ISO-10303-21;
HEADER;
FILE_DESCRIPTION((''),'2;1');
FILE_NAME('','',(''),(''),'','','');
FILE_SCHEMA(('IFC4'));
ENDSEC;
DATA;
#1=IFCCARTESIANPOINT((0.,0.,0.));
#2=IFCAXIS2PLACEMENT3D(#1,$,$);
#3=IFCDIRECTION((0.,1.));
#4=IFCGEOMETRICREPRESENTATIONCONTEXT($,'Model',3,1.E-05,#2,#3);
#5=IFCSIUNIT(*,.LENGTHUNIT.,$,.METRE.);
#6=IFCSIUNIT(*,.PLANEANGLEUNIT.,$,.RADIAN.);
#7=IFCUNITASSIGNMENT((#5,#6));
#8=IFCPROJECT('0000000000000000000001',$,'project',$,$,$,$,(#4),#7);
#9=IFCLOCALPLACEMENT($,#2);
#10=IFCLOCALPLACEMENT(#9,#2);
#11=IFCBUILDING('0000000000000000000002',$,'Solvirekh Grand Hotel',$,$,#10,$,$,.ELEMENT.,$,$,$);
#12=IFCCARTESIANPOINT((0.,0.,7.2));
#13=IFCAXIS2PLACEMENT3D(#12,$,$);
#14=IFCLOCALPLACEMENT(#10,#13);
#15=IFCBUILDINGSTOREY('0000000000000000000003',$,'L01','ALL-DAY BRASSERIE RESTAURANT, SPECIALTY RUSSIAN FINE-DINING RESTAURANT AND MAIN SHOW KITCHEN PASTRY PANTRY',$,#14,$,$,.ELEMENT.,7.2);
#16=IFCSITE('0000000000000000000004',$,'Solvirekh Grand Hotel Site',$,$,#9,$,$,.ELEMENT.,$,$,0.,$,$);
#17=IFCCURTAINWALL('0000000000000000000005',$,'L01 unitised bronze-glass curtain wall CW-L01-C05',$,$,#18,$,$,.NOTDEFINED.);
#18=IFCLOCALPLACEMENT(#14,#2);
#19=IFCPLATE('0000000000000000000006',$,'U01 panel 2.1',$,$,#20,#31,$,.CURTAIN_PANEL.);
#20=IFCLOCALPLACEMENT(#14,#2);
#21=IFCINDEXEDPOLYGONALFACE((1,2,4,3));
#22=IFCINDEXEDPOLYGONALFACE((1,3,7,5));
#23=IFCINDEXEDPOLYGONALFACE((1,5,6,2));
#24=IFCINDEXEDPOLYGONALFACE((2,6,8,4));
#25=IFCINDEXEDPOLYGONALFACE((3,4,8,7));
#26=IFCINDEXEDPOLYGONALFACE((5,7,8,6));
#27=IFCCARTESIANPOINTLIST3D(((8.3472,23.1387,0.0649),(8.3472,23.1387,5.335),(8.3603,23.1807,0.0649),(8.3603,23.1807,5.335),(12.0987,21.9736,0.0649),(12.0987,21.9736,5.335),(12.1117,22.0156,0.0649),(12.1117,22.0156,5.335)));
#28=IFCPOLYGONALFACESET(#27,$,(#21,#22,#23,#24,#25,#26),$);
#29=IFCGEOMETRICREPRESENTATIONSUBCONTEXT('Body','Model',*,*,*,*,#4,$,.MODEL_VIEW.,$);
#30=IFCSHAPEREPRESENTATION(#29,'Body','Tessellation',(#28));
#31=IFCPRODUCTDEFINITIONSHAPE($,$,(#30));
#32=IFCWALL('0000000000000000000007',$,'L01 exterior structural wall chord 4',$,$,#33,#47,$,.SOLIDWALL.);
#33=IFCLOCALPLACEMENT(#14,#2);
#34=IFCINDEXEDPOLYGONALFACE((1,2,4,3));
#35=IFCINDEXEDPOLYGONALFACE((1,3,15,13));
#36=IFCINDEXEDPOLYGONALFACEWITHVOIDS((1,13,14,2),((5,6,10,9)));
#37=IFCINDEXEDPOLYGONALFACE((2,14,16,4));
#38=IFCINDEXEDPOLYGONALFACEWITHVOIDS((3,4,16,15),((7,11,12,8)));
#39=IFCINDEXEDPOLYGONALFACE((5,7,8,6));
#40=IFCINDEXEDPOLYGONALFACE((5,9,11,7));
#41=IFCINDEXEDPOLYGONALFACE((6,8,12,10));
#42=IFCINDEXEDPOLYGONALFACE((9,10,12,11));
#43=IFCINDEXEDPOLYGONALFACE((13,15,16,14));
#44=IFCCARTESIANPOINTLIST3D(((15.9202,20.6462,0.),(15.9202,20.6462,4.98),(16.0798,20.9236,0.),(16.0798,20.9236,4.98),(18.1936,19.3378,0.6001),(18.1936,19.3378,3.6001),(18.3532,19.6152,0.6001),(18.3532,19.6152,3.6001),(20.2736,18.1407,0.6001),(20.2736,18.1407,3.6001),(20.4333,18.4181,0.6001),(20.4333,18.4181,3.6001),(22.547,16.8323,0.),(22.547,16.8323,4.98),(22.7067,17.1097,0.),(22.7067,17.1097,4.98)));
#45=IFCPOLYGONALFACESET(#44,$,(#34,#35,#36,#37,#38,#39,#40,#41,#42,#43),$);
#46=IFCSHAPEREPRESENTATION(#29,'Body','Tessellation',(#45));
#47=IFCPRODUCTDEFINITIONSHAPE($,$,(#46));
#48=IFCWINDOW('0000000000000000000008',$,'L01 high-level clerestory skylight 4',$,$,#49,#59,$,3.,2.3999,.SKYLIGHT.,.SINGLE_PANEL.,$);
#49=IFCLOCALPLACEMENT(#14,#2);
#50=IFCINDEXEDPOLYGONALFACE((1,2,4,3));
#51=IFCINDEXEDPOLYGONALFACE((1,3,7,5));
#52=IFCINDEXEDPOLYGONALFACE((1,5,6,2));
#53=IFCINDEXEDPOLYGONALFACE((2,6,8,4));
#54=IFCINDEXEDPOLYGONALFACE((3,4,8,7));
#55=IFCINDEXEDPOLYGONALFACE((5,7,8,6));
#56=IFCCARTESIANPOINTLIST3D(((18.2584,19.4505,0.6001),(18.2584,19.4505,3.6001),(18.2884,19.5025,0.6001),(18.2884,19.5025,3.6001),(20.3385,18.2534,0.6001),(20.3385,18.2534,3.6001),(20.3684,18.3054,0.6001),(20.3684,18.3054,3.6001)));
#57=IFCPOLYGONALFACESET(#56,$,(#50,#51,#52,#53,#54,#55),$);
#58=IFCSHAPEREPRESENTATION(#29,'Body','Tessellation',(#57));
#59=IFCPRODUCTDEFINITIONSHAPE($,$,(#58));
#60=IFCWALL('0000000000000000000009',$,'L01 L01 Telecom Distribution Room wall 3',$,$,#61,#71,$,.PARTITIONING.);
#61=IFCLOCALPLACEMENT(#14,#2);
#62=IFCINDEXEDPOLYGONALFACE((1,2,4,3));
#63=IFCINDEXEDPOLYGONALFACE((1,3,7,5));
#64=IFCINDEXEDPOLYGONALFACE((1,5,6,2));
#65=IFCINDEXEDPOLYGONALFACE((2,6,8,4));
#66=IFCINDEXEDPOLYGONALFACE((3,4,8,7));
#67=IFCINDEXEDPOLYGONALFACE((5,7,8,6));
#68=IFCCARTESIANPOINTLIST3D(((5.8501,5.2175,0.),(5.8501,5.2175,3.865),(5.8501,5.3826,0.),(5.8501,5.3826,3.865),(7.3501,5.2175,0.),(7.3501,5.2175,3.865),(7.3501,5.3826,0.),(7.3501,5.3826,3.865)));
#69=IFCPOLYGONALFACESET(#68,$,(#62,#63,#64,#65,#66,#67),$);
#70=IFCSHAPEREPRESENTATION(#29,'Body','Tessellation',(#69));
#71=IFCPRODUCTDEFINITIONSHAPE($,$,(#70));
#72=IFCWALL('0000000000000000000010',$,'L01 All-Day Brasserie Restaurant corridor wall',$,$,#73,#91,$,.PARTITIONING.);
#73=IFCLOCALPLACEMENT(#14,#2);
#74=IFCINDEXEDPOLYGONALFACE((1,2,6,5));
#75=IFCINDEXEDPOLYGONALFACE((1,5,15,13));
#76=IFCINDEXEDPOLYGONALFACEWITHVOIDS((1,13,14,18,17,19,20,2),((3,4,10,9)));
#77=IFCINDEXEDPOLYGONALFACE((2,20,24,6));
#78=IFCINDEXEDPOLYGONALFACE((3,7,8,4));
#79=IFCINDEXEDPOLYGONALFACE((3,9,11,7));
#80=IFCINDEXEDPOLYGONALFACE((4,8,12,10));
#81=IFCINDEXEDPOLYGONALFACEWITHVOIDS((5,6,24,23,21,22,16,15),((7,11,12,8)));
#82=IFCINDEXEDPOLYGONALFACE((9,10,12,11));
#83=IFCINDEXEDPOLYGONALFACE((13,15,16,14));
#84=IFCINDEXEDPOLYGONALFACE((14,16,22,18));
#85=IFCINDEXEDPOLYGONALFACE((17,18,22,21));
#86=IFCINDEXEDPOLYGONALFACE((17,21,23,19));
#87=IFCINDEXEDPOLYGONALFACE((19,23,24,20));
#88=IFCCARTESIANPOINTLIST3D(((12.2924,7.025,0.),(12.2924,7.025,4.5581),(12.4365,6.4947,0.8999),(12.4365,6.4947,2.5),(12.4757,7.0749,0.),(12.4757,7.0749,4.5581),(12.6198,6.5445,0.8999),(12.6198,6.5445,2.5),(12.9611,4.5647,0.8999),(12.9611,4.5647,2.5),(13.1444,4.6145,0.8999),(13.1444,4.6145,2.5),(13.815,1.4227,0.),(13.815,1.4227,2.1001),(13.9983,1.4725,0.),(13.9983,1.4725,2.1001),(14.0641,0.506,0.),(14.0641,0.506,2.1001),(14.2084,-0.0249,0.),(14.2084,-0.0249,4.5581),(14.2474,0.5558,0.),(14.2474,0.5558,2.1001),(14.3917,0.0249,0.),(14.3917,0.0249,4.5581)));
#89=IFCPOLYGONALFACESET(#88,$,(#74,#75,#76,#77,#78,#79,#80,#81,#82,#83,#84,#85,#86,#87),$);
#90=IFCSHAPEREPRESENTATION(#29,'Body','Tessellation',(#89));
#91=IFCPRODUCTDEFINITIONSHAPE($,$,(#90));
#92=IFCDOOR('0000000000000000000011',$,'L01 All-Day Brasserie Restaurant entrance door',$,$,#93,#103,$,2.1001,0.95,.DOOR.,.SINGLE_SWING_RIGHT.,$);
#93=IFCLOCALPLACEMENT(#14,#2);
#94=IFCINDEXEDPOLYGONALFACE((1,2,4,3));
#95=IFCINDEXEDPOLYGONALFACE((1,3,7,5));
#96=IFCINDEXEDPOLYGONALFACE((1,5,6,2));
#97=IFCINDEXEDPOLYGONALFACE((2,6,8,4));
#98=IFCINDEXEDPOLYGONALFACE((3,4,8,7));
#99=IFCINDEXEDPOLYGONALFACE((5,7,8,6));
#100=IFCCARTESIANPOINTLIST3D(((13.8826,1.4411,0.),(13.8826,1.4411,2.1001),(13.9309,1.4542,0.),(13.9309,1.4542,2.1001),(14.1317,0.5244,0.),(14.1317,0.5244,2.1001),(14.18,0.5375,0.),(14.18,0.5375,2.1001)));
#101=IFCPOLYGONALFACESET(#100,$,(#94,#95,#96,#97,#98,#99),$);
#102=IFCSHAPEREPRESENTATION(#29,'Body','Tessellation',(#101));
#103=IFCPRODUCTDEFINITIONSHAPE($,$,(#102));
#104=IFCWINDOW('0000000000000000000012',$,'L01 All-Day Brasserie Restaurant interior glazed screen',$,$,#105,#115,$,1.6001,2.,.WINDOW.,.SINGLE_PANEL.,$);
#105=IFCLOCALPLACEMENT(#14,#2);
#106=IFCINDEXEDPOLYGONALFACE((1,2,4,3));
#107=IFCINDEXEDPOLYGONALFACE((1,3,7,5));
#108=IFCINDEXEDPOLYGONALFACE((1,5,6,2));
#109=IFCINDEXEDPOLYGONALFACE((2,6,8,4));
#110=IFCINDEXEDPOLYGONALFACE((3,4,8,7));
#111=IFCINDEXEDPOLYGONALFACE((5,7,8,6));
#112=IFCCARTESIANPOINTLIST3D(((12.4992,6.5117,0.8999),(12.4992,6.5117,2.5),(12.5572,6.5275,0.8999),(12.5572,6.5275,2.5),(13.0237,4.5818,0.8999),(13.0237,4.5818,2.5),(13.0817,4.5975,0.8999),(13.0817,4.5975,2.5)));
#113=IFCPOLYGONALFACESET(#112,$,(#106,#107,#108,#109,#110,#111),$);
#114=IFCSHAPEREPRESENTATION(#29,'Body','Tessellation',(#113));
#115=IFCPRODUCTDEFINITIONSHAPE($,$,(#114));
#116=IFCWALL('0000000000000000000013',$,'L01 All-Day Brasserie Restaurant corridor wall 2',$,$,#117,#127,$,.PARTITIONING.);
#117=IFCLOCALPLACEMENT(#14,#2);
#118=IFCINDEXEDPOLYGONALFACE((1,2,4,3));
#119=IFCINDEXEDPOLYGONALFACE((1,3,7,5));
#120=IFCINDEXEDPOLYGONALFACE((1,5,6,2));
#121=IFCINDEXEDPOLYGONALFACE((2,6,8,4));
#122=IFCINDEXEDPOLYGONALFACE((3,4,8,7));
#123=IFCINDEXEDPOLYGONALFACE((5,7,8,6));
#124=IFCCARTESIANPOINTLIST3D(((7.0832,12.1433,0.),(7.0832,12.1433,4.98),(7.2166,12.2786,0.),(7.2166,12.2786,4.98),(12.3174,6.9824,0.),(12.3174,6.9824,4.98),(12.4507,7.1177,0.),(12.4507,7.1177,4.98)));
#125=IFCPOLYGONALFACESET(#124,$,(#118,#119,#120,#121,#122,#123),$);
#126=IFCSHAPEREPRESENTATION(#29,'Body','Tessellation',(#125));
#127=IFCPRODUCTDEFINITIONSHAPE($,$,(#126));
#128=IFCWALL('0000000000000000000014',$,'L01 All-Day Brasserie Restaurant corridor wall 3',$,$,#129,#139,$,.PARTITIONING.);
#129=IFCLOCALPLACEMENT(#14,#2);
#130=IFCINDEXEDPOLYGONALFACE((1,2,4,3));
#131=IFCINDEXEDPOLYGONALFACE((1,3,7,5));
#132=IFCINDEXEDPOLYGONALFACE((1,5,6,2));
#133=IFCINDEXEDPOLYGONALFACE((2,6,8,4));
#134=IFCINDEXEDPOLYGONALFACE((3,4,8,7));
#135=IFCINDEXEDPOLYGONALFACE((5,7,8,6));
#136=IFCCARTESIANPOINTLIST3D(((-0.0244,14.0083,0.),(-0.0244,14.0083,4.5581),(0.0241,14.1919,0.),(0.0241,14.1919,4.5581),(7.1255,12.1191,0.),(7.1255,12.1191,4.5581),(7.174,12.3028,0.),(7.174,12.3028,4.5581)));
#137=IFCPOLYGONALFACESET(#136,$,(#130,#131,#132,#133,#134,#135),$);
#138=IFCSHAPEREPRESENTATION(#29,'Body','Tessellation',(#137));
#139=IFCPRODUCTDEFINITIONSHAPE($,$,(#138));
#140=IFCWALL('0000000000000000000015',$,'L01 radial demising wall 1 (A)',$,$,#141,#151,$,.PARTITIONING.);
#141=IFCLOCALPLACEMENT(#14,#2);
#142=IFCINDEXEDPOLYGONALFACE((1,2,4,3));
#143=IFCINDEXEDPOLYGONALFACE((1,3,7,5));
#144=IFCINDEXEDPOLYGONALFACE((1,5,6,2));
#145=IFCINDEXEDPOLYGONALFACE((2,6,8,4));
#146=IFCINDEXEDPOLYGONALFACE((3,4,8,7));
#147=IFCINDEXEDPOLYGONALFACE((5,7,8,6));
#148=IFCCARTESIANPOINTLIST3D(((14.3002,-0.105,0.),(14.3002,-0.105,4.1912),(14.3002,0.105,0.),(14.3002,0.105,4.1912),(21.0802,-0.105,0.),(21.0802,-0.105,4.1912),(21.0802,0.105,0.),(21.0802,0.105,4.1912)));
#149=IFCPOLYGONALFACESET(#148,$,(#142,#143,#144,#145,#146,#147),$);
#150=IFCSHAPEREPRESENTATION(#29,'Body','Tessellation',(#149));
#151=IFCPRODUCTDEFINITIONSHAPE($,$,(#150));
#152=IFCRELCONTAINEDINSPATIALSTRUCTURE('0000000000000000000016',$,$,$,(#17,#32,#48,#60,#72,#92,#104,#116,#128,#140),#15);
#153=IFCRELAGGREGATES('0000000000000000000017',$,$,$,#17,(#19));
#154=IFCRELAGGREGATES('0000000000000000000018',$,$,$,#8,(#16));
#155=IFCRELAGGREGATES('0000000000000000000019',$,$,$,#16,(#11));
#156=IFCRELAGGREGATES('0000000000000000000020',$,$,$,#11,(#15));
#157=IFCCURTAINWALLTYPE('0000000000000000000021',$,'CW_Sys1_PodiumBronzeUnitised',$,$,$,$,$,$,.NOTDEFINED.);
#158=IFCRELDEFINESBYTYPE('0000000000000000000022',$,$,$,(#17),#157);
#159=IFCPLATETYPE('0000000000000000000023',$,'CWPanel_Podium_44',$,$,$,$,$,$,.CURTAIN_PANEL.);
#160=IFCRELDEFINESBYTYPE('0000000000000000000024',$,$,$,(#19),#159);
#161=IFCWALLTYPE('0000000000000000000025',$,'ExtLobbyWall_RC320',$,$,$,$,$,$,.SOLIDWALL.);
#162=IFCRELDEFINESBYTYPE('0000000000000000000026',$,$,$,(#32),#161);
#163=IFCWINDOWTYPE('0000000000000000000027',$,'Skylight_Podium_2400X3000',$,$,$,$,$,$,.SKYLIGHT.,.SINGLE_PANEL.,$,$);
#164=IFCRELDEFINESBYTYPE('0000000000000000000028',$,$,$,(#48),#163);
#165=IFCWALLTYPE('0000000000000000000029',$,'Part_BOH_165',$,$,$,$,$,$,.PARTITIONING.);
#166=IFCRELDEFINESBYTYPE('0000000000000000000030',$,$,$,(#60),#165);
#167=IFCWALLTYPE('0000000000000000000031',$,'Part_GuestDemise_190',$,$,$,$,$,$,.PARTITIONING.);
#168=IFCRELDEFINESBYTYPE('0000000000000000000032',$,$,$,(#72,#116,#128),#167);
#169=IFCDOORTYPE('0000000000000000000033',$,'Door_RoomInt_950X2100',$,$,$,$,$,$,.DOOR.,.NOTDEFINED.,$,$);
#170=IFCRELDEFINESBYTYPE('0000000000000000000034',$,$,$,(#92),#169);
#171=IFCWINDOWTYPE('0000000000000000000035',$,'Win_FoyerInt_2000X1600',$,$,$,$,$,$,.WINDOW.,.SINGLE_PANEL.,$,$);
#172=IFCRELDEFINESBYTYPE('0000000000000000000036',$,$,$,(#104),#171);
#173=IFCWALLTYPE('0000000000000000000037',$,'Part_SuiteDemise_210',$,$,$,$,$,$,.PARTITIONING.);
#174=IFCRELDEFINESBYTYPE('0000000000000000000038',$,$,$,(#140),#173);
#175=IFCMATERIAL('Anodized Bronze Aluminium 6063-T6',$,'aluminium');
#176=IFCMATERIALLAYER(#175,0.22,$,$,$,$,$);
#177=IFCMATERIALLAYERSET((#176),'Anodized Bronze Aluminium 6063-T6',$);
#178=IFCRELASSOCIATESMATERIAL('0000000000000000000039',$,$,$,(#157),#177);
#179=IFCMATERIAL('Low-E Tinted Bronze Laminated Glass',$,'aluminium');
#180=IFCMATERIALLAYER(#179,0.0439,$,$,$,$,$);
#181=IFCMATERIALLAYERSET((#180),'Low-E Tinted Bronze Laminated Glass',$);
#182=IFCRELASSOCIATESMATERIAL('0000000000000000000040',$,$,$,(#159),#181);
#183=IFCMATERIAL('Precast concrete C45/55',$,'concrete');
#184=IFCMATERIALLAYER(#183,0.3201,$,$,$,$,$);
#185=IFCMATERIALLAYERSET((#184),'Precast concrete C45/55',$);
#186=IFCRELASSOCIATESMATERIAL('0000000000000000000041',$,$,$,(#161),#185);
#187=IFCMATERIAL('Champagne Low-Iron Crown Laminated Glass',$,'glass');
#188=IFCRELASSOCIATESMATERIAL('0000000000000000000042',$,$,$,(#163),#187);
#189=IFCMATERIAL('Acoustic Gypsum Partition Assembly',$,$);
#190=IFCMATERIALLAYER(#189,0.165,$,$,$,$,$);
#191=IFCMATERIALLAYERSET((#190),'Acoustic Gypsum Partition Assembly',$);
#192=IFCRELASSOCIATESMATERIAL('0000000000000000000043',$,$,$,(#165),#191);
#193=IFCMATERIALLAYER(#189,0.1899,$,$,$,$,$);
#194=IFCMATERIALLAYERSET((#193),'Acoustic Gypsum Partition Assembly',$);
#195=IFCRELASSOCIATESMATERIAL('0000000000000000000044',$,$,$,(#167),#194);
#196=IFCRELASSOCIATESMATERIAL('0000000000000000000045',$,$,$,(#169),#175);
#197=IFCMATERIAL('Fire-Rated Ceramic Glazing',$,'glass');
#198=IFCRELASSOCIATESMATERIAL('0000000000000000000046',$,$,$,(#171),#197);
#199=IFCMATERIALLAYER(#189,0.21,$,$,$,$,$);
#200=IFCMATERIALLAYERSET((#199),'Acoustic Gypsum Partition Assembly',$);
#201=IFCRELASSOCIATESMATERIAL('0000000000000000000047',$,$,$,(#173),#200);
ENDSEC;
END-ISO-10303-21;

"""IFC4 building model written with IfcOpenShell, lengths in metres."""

from ifc_helpers import new_model, si_unit, direction, frame, frame_2d, origin, origin_2d, place, context, subcontext, project, spatial, rectangle, extrude, source, transform, mapped, material, layer, layer_set, type_object, element, fill, aggregate, save


model = new_model("IFC4")

# Units and contexts
model_context = context("Model", 3, precision=1e-05, world=origin(), true_north=direction((0.0, 1.0)))
body_context = subcontext(model_context, "Body", "Model", "MODEL_VIEW")
ifc_project = project(units=[si_unit("LENGTHUNIT", "METRE"), si_unit("PLANEANGLEUNIT", "RADIAN")], contexts=[model_context])

# Site, building, storey
site_placement = place(None, origin())
site = spatial("IfcSite", under=ifc_project, at=site_placement, Name="Solvirekh Grand Hotel Site", CompositionType="ELEMENT", RefElevation=0.0)
building_placement = place(site_placement, origin())
building = spatial("IfcBuilding", under=site, at=building_placement, Name="Solvirekh Grand Hotel", CompositionType="ELEMENT")
storey_placement = place(building_placement, frame((0.0, 0.0, 7.2)))
storey = spatial("IfcBuildingStorey", under=building, at=storey_placement, Name="L01", Description="ALL-DAY BRASSERIE RESTAURANT, SPECIALTY RUSSIAN FINE-DINING RESTAURANT AND MAIN SHOW KITCHEN PASTRY PANTRY", CompositionType="ELEMENT", Elevation=7.2)

# Curtain wall
ifc_material_1 = material(Name="Anodized Bronze Aluminium 6063-T6", Category="aluminium")
ifc_layer_1 = layer(ifc_material_1, 0.22)
ifc_layer_set_1 = layer_set([ifc_layer_1], Name="Anodized Bronze Aluminium 6063-T6")
curtain_wall_type = type_object("IfcCurtainWallType", Name="CW_Sys1_PodiumBronzeUnitised", PredefinedType="NOTDEFINED", material=ifc_layer_set_1)
curtain_wall_1_placement = place(storey_placement, origin())
curtain_wall_1 = element("IfcCurtainWall", 1, at=curtain_wall_1_placement, inside=storey, type_object=curtain_wall_type, Name="L01 unitised bronze-glass curtain wall CW-L01-C05", PredefinedType="NOTDEFINED")

# Plate
ifc_material_2 = material(Name="Low-E Tinted Bronze Laminated Glass", Category="aluminium")
ifc_layer_2 = layer(ifc_material_2, 0.0439)
ifc_layer_set_2 = layer_set([ifc_layer_2], Name="Low-E Tinted Bronze Laminated Glass")
plate_type_1 = type_object("IfcPlateType", Name="CWPanel_Podium_44", PredefinedType="CURTAIN_PANEL", material=ifc_layer_set_2)
shared_shape_1 = source(origin(), body_context, "Body", "SweptSolid", [
    extrude(rectangle(XDim=3.9282, YDim=0.0439, at=origin_2d()), origin(), (0.0, 0.0, 1.0), 5.27),
])
plate_1_placement = place(storey_placement, frame((10.2295, 22.5771, 0.0649), z_axis=(0.0, 0.0, 1.0), x_axis=(-0.955003, 0.296598, 0.0)))
plate_1 = element("IfcPlate", 2, at=plate_1_placement, type_object=plate_type_1, Name="U01 panel 2.1", PredefinedType="CURTAIN_PANEL", context=body_context, shape_type="MappedRepresentation", body=[
    mapped(shared_shape_1, transform((0.0, 0.0, 0.0), x_axis=(1.0, 0.0, 0.0), y_axis=(0.0, 1.0, 0.0), z_axis=(0.0, 0.0, 1.0), scale=1.0)),
])
aggregate(curtain_wall_1, [plate_1])

# Wall, opening, window
ifc_material_3 = material(Name="Precast concrete C45/55", Category="concrete")
ifc_layer_3 = layer(ifc_material_3, 0.3201)
ifc_layer_set_3 = layer_set([ifc_layer_3], Name="Precast concrete C45/55")
wall_type_1 = type_object("IfcWallType", Name="ExtLobbyWall_RC320", PredefinedType="SOLIDWALL", material=ifc_layer_set_3)
wall_1_placement = place(storey_placement, frame((16.0, 20.7849, 0.0), z_axis=(0.0, 0.0, 1.0), x_axis=(0.86671, -0.498812, 0.0)))
wall_1 = element("IfcWall", 3, at=wall_1_placement, inside=storey, type_object=wall_type_1, Name="L01 exterior structural wall chord 4", PredefinedType="SOLIDWALL", context=body_context, shape_type="SweptSolid", body=[
    extrude(rectangle(XDim=7.646, YDim=0.3201, at=frame_2d((3.823, 0.0))), origin(), (0.0, 0.0, 1.0), 4.98),
])
opening_1_placement = place(wall_1_placement, frame((2.623, 0.0, 0.6001)))
opening_1 = element("IfcOpeningElement", 4, at=opening_1_placement, cuts=wall_1, PredefinedType="OPENING", context=body_context, shape_type="SweptSolid", body=[
    extrude(rectangle(XDim=2.3999, YDim=3.0, at=frame_2d((1.2, 1.5))), frame((0.0, 0.1699, 0.0), z_axis=(0.0, -1.0, 0.0), x_axis=(1.0, 0.0, 0.0)), (0.0, 0.0, 1.0), 0.3401),
])
ifc_material_4 = material(Name="Champagne Low-Iron Crown Laminated Glass", Category="glass")
window_type_1 = type_object("IfcWindowType", Name="Skylight_Podium_2400X3000", PartitioningType="SINGLE_PANEL", PredefinedType="SKYLIGHT", material=ifc_material_4)
window_1_placement = place(opening_1_placement, origin())
window_1 = element("IfcWindow", 5, at=window_1_placement, inside=storey, type_object=window_type_1, Name="L01 high-level clerestory skylight 4", OverallHeight=3.0, OverallWidth=2.3999, PartitioningType="SINGLE_PANEL", PredefinedType="SKYLIGHT", context=body_context, shape_type="SweptSolid", body=[
    extrude(rectangle(XDim=2.3999, YDim=3.0, at=frame_2d((1.2, 1.5))), frame((0.0, 0.03, 0.0), z_axis=(0.0, -1.0, 0.0), x_axis=(1.0, 0.0, 0.0)), (0.0, 0.0, 1.0), 0.0601),
])
fill(opening_1, window_1)

# Shared definitions
ifc_material_5 = material(Name="Acoustic Gypsum Partition Assembly")
ifc_layer_4 = layer(ifc_material_5, 0.165)
ifc_layer_set_4 = layer_set([ifc_layer_4], Name="Acoustic Gypsum Partition Assembly")
wall_type_2 = type_object("IfcWallType", Name="Part_BOH_165", PredefinedType="PARTITIONING", material=ifc_layer_set_4)

# Wall
wall_2_placement = place(storey_placement, frame((7.3501, 5.3, 0.0), z_axis=(0.0, 0.0, 1.0), x_axis=(-1.0, 0.0, 0.0)))
element("IfcWall", 6, at=wall_2_placement, inside=storey, type_object=wall_type_2, Name="L01 L01 Telecom Distribution Room wall 3", PredefinedType="PARTITIONING", context=body_context, shape_type="SweptSolid", body=[
    extrude(rectangle(XDim=1.5, YDim=0.165, at=frame_2d((0.75, 0.0))), origin(), (0.0, 0.0, 1.0), 3.865),
])

# Wall, openings, door, window
ifc_layer_5 = layer(ifc_material_5, 0.1899)
ifc_layer_set_5 = layer_set([ifc_layer_5], Name="Acoustic Gypsum Partition Assembly")
wall_type_3 = type_object("IfcWallType", Name="Part_GuestDemise_190", PredefinedType="PARTITIONING", material=ifc_layer_set_5)
wall_3_placement = place(storey_placement, frame((14.3, 0.0, 0.0), z_axis=(0.0, 0.0, 1.0), x_axis=(-0.262261, 0.964997, 0.0)))
wall_3 = element("IfcWall", 7, at=wall_3_placement, inside=storey, type_object=wall_type_3, Name="L01 All-Day Brasserie Restaurant corridor wall", PredefinedType="PARTITIONING", context=body_context, shape_type="SweptSolid", body=[
    extrude(rectangle(XDim=7.3057, YDim=0.1899, at=frame_2d((3.6528, 0.0))), origin(), (0.0, 0.0, 1.0), 4.5581),
])
opening_2_placement = place(wall_3_placement, frame((0.55, 0.0, 0.0)))
opening_2 = element("IfcOpeningElement", 8, at=opening_2_placement, cuts=wall_3, PredefinedType="OPENING", context=body_context, shape_type="SweptSolid", body=[
    extrude(rectangle(XDim=0.95, YDim=2.1001, at=frame_2d((0.4751, 1.05))), frame((0.0, 0.105, 0.0), z_axis=(0.0, -1.0, 0.0), x_axis=(1.0, 0.0, 0.0)), (0.0, 0.0, 1.0), 0.21),
])
opening_3_placement = place(wall_3_placement, frame((4.7561, 0.0, 0.8999)))
opening_3 = element("IfcOpeningElement", 9, at=opening_3_placement, cuts=wall_3, PredefinedType="OPENING", context=body_context, shape_type="SweptSolid", body=[
    extrude(rectangle(XDim=2.0, YDim=1.6001, at=frame_2d((1.0, 0.8))), frame((0.0, 0.105, 0.0), z_axis=(0.0, -1.0, 0.0), x_axis=(1.0, 0.0, 0.0)), (0.0, 0.0, 1.0), 0.21),
])
door_type_1 = type_object("IfcDoorType", Name="Door_RoomInt_950X2100", OperationType="NOTDEFINED", PredefinedType="DOOR", material=ifc_material_1)
door_1_placement = place(opening_2_placement, origin())
door_1 = element("IfcDoor", 10, at=door_1_placement, inside=storey, type_object=door_type_1, Name="L01 All-Day Brasserie Restaurant entrance door", OperationType="SINGLE_SWING_RIGHT", OverallHeight=2.1001, OverallWidth=0.95, PredefinedType="DOOR", context=body_context, shape_type="SweptSolid", body=[
    extrude(rectangle(XDim=0.95, YDim=2.1001, at=frame_2d((0.4751, 1.05))), frame((0.0, 0.0249, 0.0), z_axis=(0.0, -1.0, 0.0), x_axis=(1.0, 0.0, 0.0)), (0.0, 0.0, 1.0), 0.05),
])
fill(opening_2, door_1)
ifc_material_6 = material(Name="Fire-Rated Ceramic Glazing", Category="glass")
window_type_2 = type_object("IfcWindowType", Name="Win_FoyerInt_2000X1600", PartitioningType="SINGLE_PANEL", PredefinedType="WINDOW", material=ifc_material_6)
window_2_placement = place(opening_3_placement, origin())
window_2 = element("IfcWindow", 11, at=window_2_placement, inside=storey, type_object=window_type_2, Name="L01 All-Day Brasserie Restaurant interior glazed screen", OverallHeight=1.6001, OverallWidth=2.0, PartitioningType="SINGLE_PANEL", PredefinedType="WINDOW", context=body_context, shape_type="SweptSolid", body=[
    extrude(rectangle(XDim=2.0, YDim=1.6001, at=frame_2d((1.0, 0.8))), frame((0.0, 0.03, 0.0), z_axis=(0.0, -1.0, 0.0), x_axis=(1.0, 0.0, 0.0)), (0.0, 0.0, 1.0), 0.0601),
])
fill(opening_3, window_2)

# Walls
wall_4_placement = place(storey_placement, frame((12.384, 7.05, 0.0), z_axis=(0.0, 0.0, 1.0), x_axis=(-0.712071, 0.702107, 0.0)))
element("IfcWall", 12, at=wall_4_placement, inside=storey, type_object=wall_type_3, Name="L01 All-Day Brasserie Restaurant corridor wall 2", PredefinedType="PARTITIONING", context=body_context, shape_type="SweptSolid", body=[
    extrude(rectangle(XDim=7.3506, YDim=0.1899, at=frame_2d((3.6753, 0.0))), origin(), (0.0, 0.0, 1.0), 4.98),
])
wall_5_placement = place(storey_placement, frame((7.1499, 12.2109, 0.0), z_axis=(0.0, 0.0, 1.0), x_axis=(-0.966821, 0.255455, 0.0)))
element("IfcWall", 13, at=wall_5_placement, inside=storey, type_object=wall_type_3, Name="L01 All-Day Brasserie Restaurant corridor wall 3", PredefinedType="PARTITIONING", context=body_context, shape_type="SweptSolid", body=[
    extrude(rectangle(XDim=7.3953, YDim=0.1899, at=frame_2d((3.6978, 0.0))), origin(), (0.0, 0.0, 1.0), 4.5581),
])
ifc_layer_6 = layer(ifc_material_5, 0.21)
ifc_layer_set_6 = layer_set([ifc_layer_6], Name="Acoustic Gypsum Partition Assembly")
wall_type_4 = type_object("IfcWallType", Name="Part_SuiteDemise_210", PredefinedType="PARTITIONING", material=ifc_layer_set_6)
wall_6_placement = place(storey_placement, frame((14.3, 0.0, 0.0), z_axis=(0.0, 0.0, 1.0), x_axis=(1.0, 0.0, 0.0)))
element("IfcWall", 14, at=wall_6_placement, inside=storey, type_object=wall_type_4, Name="L01 radial demising wall 1 (A)", PredefinedType="PARTITIONING", context=body_context, shape_type="SweptSolid", body=[
    extrude(rectangle(XDim=6.78, YDim=0.21, at=frame_2d((3.3901, 0.0))), origin(), (0.0, 0.0, 1.0), 4.1912),
])

save(model, "model.ifc")
